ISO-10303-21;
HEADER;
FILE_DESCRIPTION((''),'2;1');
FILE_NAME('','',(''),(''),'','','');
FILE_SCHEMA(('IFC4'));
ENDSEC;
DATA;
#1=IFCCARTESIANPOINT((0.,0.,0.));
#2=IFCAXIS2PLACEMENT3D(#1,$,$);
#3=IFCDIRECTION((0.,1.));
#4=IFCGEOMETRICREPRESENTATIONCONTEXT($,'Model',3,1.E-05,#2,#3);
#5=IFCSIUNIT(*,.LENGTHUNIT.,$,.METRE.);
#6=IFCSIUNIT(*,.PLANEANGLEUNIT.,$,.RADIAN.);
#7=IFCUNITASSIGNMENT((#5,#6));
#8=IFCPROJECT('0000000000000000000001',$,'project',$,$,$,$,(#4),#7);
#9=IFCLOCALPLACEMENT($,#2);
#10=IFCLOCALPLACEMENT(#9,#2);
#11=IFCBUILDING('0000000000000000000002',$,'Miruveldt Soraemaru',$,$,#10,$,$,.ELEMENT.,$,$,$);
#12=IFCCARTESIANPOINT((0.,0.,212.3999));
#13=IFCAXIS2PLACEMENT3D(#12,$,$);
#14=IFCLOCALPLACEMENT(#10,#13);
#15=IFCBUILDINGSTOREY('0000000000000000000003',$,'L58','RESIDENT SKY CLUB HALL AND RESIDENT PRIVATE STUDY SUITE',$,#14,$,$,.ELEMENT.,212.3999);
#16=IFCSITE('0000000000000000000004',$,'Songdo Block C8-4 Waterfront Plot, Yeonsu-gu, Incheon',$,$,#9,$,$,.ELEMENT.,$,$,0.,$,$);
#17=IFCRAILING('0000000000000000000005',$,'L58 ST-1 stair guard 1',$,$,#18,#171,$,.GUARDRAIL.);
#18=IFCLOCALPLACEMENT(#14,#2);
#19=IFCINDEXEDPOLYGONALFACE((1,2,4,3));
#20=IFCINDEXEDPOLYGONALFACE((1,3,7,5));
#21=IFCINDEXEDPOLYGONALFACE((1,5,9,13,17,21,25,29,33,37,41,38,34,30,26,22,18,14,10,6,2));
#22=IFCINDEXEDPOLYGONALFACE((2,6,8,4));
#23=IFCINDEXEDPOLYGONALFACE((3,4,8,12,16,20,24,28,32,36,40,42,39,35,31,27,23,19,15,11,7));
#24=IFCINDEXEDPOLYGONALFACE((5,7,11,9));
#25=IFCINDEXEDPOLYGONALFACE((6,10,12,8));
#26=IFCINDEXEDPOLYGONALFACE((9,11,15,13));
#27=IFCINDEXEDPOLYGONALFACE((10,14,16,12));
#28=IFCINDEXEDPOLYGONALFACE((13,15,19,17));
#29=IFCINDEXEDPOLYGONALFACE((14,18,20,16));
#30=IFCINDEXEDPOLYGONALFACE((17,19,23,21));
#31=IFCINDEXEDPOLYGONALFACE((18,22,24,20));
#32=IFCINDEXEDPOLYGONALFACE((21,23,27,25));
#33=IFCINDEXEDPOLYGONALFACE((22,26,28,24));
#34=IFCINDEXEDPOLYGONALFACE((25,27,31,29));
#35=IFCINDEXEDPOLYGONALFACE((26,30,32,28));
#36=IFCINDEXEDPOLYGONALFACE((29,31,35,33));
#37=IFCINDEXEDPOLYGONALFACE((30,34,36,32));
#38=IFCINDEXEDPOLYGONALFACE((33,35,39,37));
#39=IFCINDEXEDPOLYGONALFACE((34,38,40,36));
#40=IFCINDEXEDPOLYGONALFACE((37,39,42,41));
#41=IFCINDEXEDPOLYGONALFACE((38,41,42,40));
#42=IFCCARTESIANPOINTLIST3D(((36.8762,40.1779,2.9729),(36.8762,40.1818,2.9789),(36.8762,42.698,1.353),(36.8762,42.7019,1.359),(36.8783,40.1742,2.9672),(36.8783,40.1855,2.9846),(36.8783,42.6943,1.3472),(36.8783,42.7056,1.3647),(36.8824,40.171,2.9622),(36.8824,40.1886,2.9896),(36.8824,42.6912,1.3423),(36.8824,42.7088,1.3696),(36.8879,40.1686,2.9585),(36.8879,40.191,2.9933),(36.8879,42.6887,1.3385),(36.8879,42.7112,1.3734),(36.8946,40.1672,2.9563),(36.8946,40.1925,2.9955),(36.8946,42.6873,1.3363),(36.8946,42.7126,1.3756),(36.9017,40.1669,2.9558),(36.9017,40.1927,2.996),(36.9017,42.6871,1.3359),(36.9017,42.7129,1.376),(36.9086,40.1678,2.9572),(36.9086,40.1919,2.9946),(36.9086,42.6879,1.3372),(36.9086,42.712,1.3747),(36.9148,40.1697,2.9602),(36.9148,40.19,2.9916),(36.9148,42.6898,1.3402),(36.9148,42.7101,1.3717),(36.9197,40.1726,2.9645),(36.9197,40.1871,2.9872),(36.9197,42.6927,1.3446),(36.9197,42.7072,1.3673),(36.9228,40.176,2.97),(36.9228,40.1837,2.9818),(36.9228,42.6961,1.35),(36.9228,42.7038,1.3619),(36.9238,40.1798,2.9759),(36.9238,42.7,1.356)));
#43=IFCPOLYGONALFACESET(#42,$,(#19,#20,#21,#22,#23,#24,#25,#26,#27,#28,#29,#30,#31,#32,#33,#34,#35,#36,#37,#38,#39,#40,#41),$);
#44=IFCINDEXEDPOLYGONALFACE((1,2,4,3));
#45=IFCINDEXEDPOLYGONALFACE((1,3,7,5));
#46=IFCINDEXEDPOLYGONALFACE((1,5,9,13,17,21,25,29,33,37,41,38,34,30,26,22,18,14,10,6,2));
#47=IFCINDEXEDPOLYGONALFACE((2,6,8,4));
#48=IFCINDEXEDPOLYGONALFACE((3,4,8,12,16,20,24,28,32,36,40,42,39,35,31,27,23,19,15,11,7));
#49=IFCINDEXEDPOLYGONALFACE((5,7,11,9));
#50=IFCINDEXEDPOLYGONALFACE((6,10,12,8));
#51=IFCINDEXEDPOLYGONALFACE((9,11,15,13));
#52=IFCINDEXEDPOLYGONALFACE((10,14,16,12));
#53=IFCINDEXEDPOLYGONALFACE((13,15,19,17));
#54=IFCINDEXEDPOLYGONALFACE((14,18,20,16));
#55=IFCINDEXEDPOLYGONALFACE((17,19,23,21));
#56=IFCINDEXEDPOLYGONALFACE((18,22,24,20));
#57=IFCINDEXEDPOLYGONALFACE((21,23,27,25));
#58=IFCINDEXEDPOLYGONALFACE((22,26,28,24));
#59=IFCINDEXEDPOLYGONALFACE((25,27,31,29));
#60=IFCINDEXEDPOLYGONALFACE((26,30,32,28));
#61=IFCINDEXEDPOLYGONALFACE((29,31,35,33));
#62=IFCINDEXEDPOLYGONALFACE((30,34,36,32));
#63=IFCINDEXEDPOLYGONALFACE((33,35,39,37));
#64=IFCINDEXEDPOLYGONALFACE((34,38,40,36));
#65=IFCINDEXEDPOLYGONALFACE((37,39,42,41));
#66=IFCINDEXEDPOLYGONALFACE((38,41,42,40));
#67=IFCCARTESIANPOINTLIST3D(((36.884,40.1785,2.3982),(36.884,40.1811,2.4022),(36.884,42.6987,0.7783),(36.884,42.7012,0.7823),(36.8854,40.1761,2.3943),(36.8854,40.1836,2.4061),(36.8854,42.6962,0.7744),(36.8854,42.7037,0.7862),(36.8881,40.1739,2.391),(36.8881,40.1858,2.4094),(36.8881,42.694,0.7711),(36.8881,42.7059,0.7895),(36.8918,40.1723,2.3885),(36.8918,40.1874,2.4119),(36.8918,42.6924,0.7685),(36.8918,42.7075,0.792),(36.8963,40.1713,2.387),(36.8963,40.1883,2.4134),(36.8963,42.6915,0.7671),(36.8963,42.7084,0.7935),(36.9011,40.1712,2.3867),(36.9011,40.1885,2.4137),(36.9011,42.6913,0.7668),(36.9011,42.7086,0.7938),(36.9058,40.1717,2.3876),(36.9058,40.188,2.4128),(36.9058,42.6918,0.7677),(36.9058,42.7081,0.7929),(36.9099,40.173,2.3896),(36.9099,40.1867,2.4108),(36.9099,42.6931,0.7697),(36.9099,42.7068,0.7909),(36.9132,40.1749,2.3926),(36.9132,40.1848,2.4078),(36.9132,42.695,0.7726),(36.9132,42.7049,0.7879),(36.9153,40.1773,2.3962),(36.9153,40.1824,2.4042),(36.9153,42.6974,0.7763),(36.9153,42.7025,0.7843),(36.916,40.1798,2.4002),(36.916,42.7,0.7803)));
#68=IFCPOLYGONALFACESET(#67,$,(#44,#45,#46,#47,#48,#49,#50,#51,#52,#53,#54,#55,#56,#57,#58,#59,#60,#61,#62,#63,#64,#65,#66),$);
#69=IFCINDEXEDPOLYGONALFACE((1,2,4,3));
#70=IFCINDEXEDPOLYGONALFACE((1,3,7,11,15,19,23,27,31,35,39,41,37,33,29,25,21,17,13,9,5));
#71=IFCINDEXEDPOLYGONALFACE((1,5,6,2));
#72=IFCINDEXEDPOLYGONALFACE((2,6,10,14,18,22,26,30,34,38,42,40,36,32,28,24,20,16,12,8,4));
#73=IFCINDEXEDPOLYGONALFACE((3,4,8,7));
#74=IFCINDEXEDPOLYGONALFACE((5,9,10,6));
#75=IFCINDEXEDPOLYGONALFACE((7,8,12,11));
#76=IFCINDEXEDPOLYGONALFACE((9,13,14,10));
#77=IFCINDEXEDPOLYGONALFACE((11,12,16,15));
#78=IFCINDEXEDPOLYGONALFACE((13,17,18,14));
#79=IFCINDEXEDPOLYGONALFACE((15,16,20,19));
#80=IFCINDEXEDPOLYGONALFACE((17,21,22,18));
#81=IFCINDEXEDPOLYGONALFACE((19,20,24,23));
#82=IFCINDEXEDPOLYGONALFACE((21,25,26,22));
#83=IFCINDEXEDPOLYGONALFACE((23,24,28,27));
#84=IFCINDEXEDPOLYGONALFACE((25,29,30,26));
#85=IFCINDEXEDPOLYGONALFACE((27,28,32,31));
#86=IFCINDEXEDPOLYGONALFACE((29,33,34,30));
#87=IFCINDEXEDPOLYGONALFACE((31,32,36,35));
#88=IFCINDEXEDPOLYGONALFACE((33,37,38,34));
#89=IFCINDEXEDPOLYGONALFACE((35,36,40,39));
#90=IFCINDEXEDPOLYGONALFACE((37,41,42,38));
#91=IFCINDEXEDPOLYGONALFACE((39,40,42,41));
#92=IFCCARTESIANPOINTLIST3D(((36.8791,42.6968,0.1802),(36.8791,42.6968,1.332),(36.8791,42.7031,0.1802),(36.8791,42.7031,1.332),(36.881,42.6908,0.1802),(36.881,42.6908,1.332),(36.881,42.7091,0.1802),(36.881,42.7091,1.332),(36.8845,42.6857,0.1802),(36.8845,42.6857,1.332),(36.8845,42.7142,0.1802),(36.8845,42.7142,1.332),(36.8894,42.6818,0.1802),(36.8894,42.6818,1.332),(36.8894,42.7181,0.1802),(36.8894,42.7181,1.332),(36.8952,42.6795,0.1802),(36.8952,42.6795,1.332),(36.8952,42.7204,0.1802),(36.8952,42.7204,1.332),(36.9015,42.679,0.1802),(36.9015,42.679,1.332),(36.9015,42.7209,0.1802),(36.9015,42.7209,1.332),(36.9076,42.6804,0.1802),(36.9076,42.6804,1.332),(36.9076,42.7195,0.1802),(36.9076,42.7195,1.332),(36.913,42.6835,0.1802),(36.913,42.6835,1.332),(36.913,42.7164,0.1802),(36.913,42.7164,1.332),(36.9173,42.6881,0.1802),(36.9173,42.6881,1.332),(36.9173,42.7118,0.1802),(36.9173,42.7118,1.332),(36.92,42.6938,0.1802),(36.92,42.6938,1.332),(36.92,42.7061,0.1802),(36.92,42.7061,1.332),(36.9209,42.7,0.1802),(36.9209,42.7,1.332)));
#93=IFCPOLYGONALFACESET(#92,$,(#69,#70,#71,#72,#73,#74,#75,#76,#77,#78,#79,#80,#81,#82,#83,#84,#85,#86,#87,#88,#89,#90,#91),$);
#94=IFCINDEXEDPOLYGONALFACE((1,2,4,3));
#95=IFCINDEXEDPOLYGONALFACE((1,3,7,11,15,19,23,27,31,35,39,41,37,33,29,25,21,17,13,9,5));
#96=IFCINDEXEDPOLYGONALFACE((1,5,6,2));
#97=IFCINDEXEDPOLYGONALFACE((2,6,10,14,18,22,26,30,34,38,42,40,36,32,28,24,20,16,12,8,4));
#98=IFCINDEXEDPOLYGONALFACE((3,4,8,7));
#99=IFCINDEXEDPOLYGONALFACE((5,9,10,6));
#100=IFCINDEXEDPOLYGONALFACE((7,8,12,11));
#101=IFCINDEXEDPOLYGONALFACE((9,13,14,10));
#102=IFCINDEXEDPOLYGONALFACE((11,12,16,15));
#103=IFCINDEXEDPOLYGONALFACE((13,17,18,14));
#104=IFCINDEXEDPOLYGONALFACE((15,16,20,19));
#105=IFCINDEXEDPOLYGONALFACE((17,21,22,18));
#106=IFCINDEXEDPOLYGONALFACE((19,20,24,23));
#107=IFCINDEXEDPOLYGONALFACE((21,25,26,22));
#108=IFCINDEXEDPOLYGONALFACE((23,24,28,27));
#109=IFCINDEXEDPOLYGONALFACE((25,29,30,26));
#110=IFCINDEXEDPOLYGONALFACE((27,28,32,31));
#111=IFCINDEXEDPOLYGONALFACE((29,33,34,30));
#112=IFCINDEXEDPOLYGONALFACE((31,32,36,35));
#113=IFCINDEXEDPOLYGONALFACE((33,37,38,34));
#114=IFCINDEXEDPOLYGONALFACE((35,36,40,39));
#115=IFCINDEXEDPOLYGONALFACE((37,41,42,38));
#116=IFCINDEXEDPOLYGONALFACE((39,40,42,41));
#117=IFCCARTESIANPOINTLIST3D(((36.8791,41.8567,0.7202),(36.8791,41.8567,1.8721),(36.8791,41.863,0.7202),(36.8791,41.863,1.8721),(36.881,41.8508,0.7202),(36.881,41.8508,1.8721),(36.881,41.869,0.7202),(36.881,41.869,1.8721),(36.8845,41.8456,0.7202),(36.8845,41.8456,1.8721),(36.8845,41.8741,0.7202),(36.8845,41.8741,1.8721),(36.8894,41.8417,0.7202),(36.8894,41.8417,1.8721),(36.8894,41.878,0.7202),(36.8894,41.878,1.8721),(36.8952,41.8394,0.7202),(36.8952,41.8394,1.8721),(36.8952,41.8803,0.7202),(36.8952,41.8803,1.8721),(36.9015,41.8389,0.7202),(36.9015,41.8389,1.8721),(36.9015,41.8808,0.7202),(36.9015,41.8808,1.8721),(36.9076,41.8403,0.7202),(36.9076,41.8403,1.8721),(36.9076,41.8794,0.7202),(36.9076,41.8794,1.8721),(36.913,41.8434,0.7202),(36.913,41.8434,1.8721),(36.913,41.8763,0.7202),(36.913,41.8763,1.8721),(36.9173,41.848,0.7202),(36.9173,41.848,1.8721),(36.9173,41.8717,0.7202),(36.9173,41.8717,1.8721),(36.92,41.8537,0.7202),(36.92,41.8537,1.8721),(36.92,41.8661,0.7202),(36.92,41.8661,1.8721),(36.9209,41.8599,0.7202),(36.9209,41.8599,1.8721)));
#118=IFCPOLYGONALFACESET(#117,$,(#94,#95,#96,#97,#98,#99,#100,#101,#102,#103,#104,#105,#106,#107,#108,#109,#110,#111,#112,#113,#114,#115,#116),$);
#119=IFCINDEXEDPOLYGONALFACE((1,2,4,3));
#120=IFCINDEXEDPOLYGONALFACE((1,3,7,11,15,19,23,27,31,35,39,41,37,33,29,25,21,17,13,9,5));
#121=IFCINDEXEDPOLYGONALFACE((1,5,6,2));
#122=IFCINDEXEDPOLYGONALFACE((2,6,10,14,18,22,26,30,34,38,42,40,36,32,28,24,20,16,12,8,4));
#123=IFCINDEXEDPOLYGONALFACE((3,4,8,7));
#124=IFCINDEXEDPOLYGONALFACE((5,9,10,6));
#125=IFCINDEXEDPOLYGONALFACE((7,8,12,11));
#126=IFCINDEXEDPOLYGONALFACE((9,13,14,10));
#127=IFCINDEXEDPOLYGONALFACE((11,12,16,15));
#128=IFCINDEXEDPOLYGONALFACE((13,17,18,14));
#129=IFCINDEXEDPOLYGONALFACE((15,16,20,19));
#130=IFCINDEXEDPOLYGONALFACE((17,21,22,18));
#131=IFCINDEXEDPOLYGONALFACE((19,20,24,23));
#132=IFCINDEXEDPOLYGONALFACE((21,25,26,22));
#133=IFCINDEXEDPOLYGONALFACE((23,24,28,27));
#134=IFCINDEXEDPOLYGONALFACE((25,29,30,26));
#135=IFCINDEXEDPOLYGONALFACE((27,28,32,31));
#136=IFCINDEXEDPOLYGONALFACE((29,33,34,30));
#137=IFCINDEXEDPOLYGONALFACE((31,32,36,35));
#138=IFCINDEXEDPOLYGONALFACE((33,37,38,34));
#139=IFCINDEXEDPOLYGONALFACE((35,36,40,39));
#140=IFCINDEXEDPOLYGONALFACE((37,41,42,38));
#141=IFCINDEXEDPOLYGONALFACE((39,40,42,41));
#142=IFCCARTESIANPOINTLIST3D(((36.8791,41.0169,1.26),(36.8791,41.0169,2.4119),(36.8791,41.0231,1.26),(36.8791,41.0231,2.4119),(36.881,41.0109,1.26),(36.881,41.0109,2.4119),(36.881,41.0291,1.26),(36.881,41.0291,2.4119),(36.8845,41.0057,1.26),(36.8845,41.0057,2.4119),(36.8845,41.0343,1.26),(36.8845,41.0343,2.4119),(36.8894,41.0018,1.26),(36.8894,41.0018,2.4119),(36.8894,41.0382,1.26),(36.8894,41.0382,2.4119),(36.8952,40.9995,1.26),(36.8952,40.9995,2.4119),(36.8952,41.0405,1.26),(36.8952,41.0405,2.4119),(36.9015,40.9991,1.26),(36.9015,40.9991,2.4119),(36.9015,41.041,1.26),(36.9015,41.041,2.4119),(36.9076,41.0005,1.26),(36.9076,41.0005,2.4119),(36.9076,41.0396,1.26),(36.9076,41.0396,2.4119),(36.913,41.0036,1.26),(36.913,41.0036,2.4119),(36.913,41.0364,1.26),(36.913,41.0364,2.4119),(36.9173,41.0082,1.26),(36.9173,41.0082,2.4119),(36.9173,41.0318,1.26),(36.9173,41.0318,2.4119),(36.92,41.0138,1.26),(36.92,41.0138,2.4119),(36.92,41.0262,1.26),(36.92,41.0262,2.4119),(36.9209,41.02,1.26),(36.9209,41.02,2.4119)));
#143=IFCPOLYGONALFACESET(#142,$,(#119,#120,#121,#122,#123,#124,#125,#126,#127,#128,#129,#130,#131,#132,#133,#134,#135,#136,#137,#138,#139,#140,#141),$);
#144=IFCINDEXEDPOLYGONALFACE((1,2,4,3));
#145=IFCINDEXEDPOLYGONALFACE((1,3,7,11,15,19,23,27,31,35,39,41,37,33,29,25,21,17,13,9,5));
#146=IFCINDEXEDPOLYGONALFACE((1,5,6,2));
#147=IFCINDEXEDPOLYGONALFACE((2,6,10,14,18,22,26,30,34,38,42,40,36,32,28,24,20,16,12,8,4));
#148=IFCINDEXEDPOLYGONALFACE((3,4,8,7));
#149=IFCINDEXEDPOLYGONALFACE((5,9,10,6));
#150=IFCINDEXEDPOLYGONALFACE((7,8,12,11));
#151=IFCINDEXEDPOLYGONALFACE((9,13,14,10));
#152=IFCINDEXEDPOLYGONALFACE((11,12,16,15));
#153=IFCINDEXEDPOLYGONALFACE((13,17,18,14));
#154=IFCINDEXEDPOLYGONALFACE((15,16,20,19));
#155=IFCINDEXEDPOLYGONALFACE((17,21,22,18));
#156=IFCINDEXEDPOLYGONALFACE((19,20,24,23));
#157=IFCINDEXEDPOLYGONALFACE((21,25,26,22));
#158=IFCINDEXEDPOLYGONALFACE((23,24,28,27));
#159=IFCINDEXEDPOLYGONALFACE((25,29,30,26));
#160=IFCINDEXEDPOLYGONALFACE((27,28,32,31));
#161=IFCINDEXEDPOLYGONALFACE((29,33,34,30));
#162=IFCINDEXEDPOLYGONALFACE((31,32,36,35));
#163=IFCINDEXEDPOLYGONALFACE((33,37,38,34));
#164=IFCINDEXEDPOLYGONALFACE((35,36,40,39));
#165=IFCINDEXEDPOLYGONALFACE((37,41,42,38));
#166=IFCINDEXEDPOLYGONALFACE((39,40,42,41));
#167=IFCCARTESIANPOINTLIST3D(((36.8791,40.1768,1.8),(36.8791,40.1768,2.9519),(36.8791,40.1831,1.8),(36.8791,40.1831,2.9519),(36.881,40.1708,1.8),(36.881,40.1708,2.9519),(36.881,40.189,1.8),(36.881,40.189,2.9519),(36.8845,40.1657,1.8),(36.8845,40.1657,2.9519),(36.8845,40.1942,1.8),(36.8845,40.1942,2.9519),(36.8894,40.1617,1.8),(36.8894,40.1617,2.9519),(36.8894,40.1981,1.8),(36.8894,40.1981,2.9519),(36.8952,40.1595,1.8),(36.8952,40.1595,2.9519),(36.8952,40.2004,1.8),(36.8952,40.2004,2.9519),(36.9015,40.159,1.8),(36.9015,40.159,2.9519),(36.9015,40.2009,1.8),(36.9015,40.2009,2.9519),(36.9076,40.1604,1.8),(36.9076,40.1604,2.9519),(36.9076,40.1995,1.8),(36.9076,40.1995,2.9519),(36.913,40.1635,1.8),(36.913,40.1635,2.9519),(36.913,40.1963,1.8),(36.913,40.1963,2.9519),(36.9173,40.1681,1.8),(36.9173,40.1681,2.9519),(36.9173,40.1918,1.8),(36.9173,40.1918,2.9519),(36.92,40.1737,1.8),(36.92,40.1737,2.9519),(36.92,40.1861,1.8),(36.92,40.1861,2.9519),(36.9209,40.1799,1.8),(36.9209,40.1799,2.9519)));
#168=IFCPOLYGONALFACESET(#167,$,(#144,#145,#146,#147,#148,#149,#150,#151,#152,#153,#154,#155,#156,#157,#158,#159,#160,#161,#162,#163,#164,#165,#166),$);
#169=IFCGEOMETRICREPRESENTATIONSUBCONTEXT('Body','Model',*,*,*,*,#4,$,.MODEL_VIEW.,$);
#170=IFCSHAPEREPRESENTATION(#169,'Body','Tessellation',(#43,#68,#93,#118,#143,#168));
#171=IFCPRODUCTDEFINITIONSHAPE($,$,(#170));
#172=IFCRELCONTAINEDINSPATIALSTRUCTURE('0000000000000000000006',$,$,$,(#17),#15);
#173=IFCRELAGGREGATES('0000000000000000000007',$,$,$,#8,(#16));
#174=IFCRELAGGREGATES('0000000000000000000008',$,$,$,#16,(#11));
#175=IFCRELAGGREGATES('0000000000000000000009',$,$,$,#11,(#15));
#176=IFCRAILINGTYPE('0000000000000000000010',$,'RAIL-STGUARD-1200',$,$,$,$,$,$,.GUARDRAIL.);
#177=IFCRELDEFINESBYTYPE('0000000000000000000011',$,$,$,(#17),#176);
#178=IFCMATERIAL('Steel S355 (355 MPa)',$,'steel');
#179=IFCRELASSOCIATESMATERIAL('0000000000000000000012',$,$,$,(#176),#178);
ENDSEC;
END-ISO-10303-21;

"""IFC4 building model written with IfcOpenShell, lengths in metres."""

from ifc_helpers import new_model, si_unit, direction, frame, origin, origin_2d, place, context, subcontext, project, spatial, circle, extrude, material, type_object, element, save


model = new_model("IFC4")

# Units and contexts
model_context = context("Model", 3, precision=1e-05, world=origin(), true_north=direction((0.0, 1.0)))
body_context = subcontext(model_context, "Body", "Model", "MODEL_VIEW")
ifc_project = project(units=[si_unit("LENGTHUNIT", "METRE"), si_unit("PLANEANGLEUNIT", "RADIAN")], contexts=[model_context])

# Site, building, storey
site_placement = place(None, origin())
site = spatial("IfcSite", under=ifc_project, at=site_placement, Name="Songdo Block C8-4 Waterfront Plot, Yeonsu-gu, Incheon", CompositionType="ELEMENT", RefElevation=0.0)
building_placement = place(site_placement, origin())
building = spatial("IfcBuilding", under=site, at=building_placement, Name="Miruveldt Soraemaru", CompositionType="ELEMENT")
storey_placement = place(building_placement, frame((0.0, 0.0, 212.3999)))
storey = spatial("IfcBuildingStorey", under=building, at=storey_placement, Name="L58", Description="RESIDENT SKY CLUB HALL AND RESIDENT PRIVATE STUDY SUITE", CompositionType="ELEMENT", Elevation=212.3999)

# Railing
ifc_material_1 = material(Name="Steel S355 (355 MPa)", Category="steel")
railing_type_1 = type_object("IfcRailingType", Name="RAIL-STGUARD-1200", PredefinedType="GUARDRAIL", material=ifc_material_1)
railing_1_placement = place(storey_placement, frame((36.8999, 42.7, 0.1802)))
element("IfcRailing", 1, at=railing_1_placement, inside=storey, type_object=railing_type_1, Name="L58 ST-1 stair guard 1", PredefinedType="GUARDRAIL", context=body_context, shape_type="SweptSolid", body=[
    extrude(circle(Radius=0.0239, at=origin_2d()), frame((0.0, 0.0, 1.1758), z_axis=(0.0, -0.8412, 0.540725), x_axis=(1.0, 0.0, 0.0)), (0.0, 0.0, 1.0), 2.9958),
    extrude(circle(Radius=0.0161, at=origin_2d()), frame((0.0, 0.0, 0.6001), z_axis=(0.0, -0.8412, 0.540725), x_axis=(1.0, 0.0, 0.0)), (0.0, 0.0, 1.0), 2.9958),
    extrude(circle(Radius=0.021, at=origin_2d()), origin(), (0.0, 0.0, 1.0), 1.1519),
    extrude(circle(Radius=0.021, at=origin_2d()), frame((0.0, -0.8401, 0.54)), (0.0, 0.0, 1.0), 1.1519),
    extrude(circle(Radius=0.021, at=origin_2d()), frame((0.0, -1.6799, 1.0798)), (0.0, 0.0, 1.0), 1.1519),
    extrude(circle(Radius=0.021, at=origin_2d()), frame((0.0, -2.52, 1.6199)), (0.0, 0.0, 1.0), 1.1519),
])

save(model, "model.ifc")
